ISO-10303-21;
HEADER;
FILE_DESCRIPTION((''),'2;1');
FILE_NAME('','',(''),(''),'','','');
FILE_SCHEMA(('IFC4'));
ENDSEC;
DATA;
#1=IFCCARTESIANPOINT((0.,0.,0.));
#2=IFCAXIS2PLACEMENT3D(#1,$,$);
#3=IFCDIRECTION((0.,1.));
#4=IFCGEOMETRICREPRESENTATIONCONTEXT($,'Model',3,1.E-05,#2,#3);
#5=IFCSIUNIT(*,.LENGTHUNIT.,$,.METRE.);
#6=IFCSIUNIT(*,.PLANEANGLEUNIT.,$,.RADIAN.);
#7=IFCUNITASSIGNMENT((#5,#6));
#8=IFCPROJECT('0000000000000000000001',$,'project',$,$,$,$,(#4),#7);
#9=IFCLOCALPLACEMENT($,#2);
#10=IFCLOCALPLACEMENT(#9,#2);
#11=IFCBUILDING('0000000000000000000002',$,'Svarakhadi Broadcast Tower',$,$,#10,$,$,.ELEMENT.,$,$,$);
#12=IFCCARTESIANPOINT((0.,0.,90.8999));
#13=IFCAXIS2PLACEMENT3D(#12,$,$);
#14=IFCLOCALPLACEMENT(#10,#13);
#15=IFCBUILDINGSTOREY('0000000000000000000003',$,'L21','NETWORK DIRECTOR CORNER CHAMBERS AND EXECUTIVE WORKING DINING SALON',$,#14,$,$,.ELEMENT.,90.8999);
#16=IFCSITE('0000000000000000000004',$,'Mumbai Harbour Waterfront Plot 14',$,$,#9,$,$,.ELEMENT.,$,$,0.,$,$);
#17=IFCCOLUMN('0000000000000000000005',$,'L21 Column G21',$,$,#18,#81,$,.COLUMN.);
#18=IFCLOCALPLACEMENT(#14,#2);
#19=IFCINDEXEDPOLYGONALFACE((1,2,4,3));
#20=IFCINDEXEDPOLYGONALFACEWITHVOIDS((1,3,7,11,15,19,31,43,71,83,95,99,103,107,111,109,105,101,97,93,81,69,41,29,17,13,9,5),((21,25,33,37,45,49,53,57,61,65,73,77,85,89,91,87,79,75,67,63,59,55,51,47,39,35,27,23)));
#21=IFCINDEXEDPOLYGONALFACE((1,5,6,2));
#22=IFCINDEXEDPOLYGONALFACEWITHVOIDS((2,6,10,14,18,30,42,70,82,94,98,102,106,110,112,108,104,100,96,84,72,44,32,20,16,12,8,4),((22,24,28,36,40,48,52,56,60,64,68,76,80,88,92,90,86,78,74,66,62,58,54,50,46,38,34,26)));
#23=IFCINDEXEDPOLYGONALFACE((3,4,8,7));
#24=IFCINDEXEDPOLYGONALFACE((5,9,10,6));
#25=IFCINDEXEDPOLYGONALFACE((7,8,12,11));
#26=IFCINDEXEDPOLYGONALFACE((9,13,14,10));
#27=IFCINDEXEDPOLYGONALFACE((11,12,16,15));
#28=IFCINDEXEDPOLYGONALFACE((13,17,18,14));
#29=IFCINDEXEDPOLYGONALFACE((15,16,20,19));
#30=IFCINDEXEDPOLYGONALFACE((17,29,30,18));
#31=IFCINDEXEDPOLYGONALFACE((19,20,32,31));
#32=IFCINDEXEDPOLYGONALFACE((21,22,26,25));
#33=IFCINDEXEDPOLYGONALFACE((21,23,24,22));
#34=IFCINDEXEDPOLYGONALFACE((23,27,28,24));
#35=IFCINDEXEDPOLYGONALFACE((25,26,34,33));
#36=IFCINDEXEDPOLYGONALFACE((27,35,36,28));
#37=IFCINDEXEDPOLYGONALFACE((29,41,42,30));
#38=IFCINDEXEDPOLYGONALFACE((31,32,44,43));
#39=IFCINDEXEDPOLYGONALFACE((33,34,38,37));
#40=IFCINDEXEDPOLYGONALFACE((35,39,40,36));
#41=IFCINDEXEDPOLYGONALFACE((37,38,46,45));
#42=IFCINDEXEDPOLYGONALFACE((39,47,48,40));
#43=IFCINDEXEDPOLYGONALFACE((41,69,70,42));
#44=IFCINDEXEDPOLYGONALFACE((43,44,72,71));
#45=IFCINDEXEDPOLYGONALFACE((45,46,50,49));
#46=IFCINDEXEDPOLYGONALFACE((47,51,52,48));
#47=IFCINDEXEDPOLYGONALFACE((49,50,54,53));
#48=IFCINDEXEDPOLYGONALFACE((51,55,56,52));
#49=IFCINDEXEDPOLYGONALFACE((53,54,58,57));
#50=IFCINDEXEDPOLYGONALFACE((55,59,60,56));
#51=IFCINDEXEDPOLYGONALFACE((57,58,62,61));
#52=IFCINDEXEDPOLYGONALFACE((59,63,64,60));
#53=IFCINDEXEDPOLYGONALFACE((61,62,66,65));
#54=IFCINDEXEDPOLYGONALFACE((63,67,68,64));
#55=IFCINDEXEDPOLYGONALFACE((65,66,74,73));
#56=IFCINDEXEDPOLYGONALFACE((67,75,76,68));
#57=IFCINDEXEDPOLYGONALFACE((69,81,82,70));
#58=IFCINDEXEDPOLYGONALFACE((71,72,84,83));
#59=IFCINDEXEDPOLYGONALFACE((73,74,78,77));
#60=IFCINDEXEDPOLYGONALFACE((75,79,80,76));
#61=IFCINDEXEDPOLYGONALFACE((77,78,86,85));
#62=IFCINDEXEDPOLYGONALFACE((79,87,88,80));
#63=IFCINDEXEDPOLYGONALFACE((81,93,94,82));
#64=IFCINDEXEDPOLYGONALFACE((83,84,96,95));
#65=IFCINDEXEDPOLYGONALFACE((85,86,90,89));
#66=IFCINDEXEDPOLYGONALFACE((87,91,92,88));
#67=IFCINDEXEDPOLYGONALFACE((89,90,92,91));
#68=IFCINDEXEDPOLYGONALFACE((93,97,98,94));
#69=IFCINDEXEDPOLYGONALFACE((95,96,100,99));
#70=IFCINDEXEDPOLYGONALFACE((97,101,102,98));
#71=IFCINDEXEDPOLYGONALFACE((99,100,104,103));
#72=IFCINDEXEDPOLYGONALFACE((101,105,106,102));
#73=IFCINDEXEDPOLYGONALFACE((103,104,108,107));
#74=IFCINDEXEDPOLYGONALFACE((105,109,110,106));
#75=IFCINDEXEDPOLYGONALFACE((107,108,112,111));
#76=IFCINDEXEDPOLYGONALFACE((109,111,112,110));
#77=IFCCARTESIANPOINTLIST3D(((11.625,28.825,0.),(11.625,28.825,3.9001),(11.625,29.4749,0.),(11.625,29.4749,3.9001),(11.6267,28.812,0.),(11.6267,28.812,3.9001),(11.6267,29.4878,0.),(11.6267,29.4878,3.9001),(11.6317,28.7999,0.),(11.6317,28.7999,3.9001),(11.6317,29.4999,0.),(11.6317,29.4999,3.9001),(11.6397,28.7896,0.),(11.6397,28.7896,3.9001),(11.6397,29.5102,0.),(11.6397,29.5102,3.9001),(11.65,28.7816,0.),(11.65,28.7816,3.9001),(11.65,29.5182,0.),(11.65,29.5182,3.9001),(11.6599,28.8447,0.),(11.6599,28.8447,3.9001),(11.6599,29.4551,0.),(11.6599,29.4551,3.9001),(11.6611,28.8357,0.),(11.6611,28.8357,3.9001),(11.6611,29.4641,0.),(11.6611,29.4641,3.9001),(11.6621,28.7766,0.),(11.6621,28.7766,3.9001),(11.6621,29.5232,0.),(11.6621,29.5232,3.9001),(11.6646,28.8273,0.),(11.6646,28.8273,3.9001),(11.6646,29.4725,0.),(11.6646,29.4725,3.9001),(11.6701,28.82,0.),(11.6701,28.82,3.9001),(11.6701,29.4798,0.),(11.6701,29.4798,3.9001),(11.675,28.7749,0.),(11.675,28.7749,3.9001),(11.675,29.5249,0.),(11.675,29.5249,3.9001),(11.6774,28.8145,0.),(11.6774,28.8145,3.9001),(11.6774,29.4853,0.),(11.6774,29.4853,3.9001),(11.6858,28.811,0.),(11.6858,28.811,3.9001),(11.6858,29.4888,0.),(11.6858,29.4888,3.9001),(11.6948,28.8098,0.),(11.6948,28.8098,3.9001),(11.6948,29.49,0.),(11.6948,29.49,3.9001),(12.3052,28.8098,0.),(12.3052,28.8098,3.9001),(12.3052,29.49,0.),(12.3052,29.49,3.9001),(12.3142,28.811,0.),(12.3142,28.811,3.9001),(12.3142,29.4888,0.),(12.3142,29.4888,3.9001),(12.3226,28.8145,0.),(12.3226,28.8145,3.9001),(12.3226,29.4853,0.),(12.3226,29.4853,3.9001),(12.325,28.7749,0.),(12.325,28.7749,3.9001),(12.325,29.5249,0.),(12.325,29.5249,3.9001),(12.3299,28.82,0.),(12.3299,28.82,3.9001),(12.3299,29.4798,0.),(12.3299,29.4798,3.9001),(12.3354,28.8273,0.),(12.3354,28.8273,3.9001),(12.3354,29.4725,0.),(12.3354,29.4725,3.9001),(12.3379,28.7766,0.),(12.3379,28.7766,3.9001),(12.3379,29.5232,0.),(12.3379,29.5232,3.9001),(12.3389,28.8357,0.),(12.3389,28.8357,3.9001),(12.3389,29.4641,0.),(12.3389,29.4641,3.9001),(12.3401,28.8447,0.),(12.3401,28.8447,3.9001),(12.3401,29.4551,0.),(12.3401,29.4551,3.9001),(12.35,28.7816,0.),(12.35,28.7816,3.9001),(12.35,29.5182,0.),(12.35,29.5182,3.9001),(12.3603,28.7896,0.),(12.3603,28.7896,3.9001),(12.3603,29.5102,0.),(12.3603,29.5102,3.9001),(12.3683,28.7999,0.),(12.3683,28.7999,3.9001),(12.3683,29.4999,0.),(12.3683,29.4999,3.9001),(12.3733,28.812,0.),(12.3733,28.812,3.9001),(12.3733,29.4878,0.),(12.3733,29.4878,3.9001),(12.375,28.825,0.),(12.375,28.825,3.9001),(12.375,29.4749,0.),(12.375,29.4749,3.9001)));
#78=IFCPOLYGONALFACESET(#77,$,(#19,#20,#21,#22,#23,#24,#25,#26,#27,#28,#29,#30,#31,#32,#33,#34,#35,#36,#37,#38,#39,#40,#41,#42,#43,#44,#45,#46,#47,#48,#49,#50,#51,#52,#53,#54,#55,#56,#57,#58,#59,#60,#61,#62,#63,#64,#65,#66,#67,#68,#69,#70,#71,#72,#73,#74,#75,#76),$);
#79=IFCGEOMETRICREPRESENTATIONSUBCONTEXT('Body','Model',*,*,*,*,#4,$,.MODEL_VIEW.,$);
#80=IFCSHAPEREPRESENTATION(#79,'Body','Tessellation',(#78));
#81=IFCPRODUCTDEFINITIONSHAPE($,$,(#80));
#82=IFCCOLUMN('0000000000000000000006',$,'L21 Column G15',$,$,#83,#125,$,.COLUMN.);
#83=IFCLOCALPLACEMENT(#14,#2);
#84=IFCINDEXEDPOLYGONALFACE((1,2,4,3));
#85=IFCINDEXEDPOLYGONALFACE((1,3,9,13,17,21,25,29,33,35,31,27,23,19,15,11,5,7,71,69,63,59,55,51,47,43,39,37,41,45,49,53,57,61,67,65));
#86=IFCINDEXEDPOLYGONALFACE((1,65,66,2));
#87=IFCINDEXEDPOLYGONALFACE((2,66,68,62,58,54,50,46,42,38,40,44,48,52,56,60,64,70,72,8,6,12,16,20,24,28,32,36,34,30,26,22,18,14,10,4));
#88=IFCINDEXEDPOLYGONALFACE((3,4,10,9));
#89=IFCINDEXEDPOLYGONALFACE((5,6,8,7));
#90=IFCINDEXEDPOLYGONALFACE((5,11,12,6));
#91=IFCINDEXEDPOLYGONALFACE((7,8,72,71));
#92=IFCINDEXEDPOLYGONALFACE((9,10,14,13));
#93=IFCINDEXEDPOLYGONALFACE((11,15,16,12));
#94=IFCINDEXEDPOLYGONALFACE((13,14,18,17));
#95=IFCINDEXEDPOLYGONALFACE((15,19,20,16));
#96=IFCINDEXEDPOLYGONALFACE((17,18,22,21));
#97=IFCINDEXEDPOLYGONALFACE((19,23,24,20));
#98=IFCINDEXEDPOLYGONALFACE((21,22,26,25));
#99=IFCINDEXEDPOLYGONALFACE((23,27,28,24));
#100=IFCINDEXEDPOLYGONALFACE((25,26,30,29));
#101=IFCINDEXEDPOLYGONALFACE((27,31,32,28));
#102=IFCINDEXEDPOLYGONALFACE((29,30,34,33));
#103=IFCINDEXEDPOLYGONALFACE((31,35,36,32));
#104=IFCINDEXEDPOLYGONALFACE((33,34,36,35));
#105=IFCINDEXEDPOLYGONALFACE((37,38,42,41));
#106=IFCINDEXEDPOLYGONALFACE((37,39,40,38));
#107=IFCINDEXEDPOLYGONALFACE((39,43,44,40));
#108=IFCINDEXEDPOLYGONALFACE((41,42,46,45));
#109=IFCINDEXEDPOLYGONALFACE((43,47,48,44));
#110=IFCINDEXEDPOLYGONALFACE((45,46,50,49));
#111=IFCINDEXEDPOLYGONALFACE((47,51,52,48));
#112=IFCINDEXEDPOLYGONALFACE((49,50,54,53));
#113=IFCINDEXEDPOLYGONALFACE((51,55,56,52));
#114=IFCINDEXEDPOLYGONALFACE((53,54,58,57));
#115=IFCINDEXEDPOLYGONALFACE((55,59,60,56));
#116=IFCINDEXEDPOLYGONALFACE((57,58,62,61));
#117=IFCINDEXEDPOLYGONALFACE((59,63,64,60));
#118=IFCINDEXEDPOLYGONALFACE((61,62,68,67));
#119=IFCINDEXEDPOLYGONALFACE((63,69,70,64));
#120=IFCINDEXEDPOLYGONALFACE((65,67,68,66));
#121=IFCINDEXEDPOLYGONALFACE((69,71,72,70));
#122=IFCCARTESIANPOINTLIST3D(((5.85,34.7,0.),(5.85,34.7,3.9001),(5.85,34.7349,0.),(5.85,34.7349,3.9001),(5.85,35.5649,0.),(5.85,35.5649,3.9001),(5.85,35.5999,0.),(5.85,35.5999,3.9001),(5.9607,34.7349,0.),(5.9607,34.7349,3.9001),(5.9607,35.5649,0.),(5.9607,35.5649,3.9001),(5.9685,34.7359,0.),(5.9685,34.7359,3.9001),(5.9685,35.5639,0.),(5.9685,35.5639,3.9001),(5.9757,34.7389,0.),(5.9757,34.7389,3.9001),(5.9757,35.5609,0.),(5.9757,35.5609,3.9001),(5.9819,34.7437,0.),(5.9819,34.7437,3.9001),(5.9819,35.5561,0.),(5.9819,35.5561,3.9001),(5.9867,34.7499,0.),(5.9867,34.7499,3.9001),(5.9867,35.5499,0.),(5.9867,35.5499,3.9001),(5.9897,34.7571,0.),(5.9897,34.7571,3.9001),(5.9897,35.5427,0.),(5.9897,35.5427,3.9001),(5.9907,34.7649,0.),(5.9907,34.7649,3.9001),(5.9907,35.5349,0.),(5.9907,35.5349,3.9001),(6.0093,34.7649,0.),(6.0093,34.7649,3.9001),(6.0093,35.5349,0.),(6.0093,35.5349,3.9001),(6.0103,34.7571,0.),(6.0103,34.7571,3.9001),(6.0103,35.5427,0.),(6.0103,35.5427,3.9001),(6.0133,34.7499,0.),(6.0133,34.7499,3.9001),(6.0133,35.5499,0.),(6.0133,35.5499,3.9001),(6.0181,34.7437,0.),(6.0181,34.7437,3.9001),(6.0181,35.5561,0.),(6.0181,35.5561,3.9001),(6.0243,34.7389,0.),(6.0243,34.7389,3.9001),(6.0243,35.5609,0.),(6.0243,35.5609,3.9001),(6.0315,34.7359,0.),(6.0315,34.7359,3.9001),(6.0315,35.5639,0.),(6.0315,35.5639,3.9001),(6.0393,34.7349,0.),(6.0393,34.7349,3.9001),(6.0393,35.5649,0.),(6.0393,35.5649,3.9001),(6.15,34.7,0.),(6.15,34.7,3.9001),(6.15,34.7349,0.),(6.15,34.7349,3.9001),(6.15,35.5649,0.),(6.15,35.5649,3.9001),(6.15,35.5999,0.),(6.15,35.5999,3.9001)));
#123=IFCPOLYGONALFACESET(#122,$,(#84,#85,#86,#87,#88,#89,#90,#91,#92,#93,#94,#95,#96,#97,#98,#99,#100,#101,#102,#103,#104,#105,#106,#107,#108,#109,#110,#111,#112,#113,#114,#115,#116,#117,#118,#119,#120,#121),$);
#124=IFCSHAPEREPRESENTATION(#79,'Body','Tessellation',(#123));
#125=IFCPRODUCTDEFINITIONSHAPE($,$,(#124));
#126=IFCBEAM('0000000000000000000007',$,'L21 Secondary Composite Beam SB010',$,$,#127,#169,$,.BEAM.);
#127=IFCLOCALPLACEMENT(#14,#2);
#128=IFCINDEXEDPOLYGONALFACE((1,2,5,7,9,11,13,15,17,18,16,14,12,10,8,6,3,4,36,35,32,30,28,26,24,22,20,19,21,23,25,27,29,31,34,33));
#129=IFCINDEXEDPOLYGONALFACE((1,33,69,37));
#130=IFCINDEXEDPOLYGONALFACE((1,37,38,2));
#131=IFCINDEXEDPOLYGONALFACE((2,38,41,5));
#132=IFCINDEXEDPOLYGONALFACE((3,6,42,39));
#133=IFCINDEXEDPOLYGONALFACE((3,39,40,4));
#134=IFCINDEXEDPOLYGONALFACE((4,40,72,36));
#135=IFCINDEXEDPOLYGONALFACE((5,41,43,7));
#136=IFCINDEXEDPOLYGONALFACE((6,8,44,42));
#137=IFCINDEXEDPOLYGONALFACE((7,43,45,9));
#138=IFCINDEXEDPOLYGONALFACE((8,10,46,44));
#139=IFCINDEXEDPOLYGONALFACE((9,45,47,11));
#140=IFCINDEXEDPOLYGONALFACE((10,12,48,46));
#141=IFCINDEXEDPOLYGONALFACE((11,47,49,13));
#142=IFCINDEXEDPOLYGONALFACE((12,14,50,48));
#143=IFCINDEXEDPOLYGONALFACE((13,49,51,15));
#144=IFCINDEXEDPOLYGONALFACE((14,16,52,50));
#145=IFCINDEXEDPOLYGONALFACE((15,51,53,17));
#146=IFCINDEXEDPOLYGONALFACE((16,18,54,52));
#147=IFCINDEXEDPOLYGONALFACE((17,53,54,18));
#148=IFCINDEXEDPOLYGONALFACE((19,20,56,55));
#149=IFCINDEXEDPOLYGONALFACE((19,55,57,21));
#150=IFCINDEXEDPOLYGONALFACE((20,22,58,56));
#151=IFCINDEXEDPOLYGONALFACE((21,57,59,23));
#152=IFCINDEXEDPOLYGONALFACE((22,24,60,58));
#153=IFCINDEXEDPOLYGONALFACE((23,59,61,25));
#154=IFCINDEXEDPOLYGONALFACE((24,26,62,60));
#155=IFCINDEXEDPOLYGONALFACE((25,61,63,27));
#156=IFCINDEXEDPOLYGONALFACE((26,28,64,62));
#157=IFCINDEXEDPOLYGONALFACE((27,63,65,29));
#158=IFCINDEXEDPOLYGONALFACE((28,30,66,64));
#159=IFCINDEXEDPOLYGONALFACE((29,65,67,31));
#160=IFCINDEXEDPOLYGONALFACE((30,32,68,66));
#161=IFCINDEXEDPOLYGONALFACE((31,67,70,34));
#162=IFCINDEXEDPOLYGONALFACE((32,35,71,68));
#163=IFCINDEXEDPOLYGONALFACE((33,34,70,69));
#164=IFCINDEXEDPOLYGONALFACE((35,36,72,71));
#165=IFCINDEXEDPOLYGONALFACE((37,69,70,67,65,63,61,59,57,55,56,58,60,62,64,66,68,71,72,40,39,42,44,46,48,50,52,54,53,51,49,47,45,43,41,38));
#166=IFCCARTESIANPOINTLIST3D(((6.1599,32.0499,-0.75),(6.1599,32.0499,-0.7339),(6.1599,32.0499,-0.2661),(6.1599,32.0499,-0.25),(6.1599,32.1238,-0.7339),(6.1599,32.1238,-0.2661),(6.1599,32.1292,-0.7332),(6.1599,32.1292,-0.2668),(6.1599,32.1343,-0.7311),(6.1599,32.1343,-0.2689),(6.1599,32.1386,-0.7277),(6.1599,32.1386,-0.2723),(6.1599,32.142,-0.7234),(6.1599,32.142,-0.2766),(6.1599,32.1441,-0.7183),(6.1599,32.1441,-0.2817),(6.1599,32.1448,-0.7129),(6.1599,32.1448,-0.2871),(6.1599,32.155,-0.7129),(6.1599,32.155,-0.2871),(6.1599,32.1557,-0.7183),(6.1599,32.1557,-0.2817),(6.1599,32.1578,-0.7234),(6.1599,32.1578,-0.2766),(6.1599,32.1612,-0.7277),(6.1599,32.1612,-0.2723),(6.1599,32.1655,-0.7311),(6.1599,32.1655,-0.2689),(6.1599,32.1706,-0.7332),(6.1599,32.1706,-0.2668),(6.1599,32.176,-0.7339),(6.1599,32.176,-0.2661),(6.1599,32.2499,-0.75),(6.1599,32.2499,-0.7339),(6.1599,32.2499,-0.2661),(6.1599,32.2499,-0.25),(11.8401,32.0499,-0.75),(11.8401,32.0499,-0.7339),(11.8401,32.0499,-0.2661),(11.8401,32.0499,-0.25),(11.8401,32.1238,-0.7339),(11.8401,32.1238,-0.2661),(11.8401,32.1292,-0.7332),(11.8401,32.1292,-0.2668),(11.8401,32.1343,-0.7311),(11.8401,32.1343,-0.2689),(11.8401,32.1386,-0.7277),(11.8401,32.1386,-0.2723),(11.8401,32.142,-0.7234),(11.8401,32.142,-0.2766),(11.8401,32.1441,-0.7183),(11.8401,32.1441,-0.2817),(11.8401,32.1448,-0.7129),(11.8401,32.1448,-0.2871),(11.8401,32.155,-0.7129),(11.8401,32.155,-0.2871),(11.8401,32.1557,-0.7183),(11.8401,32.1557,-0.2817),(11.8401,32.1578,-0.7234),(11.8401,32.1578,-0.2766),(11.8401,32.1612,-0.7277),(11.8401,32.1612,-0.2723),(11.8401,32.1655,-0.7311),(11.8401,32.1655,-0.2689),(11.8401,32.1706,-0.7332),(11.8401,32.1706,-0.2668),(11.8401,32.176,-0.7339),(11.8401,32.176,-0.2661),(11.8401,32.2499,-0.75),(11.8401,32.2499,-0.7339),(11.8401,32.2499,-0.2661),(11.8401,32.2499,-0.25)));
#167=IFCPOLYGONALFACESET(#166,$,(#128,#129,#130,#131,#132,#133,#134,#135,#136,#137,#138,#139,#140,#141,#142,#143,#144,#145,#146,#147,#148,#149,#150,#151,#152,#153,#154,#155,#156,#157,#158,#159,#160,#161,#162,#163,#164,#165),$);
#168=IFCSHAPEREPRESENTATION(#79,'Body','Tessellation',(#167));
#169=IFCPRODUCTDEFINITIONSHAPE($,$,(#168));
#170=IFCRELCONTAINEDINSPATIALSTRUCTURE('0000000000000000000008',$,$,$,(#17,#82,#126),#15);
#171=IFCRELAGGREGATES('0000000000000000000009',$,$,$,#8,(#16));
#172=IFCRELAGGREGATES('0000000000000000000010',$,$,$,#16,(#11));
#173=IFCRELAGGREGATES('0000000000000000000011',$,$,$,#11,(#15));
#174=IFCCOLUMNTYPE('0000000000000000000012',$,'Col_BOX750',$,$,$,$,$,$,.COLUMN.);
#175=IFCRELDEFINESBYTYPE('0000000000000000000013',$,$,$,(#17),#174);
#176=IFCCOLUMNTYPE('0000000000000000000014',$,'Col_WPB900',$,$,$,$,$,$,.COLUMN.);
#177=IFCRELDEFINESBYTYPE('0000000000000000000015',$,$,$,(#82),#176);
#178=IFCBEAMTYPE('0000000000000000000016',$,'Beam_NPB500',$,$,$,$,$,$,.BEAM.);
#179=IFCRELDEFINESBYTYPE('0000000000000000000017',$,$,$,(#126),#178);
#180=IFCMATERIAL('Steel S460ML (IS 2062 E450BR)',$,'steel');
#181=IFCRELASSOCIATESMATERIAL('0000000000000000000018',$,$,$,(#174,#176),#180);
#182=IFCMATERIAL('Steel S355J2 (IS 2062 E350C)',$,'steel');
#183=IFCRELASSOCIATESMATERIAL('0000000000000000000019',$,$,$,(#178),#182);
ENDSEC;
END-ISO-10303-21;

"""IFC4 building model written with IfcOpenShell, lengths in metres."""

from ifc_helpers import new_model, si_unit, direction, frame, origin, origin_2d, place, context, subcontext, project, spatial, hollow_rectangle, i_section, extrude, material, material_profile, profile_set, type_object, element, save


model = new_model("IFC4")

# Units and contexts
model_context = context("Model", 3, precision=1e-05, world=origin(), true_north=direction((0.0, 1.0)))
body_context = subcontext(model_context, "Body", "Model", "MODEL_VIEW")
ifc_project = project(units=[si_unit("LENGTHUNIT", "METRE"), si_unit("PLANEANGLEUNIT", "RADIAN")], contexts=[model_context])

# Site, building, storey
site_placement = place(None, origin())
site = spatial("IfcSite", under=ifc_project, at=site_placement, Name="Mumbai Harbour Waterfront Plot 14", CompositionType="ELEMENT", RefElevation=0.0)
building_placement = place(site_placement, origin())
building = spatial("IfcBuilding", under=site, at=building_placement, Name="Svarakhadi Broadcast Tower", CompositionType="ELEMENT")
storey_placement = place(building_placement, frame((0.0, 0.0, 90.8999)))
storey = spatial("IfcBuildingStorey", under=building, at=storey_placement, Name="L21", Description="NETWORK DIRECTOR CORNER CHAMBERS AND EXECUTIVE WORKING DINING SALON", CompositionType="ELEMENT", Elevation=90.8999)

# Columns
ifc_material_1 = material(Name="Steel S460ML (IS 2062 E450BR)", Category="steel")
ifc_material_profile_1 = material_profile(ifc_material_1, hollow_rectangle(XDim=0.75, YDim=0.75, WallThickness=0.0349, InnerFilletRadius=0.0349, OuterFilletRadius=0.05, at=origin_2d()), Name="BOX 750x750x35")
ifc_profile_set_1 = profile_set([ifc_material_profile_1], Name="Steel S460ML (IS 2062 E450BR)")
column_type_1 = type_object("IfcColumnType", Name="Col_BOX750", PredefinedType="COLUMN", material=ifc_profile_set_1)
column_1_placement = place(storey_placement, frame((12.0, 29.1499, 0.0), z_axis=(0.0, 0.0, 1.0), x_axis=(1.0, 0.0, 0.0)))
element("IfcColumn", 1, at=column_1_placement, inside=storey, type_object=column_type_1, Name="L21 Column G21", PredefinedType="COLUMN", context=body_context, shape_type="SweptSolid", body=[
    extrude(hollow_rectangle(XDim=0.75, YDim=0.75, WallThickness=0.0349, InnerFilletRadius=0.0349, OuterFilletRadius=0.05, at=origin_2d()), origin(), (0.0, 0.0, 1.0), 3.9001),
])
ifc_material_profile_2 = material_profile(ifc_material_1, i_section(OverallWidth=0.3, OverallDepth=0.8999, WebThickness=0.0186, FlangeThickness=0.0349, FilletRadius=0.03, at=origin_2d()), Name="WPB 900x300x291")
ifc_profile_set_2 = profile_set([ifc_material_profile_2], Name="Steel S460ML (IS 2062 E450BR)")
column_type_2 = type_object("IfcColumnType", Name="Col_WPB900", PredefinedType="COLUMN", material=ifc_profile_set_2)
column_2_placement = place(storey_placement, frame((6.0, 35.1499, 0.0), z_axis=(0.0, 0.0, 1.0), x_axis=(1.0, 0.0, 0.0)))
element("IfcColumn", 2, at=column_2_placement, inside=storey, type_object=column_type_2, Name="L21 Column G15", PredefinedType="COLUMN", context=body_context, shape_type="SweptSolid", body=[
    extrude(i_section(OverallWidth=0.3, OverallDepth=0.8999, WebThickness=0.0186, FlangeThickness=0.0349, FilletRadius=0.03, at=origin_2d()), origin(), (0.0, 0.0, 1.0), 3.9001),
])

# Beam
ifc_material_2 = material(Name="Steel S355J2 (IS 2062 E350C)", Category="steel")
ifc_material_profile_3 = material_profile(ifc_material_2, i_section(OverallWidth=0.2, OverallDepth=0.5, WebThickness=0.0103, FlangeThickness=0.0161, FilletRadius=0.021, at=origin_2d()), Name="NPB 500x200x91")
ifc_profile_set_3 = profile_set([ifc_material_profile_3], Name="Steel S355J2 (IS 2062 E350C)")
beam_type_1 = type_object("IfcBeamType", Name="Beam_NPB500", PredefinedType="BEAM", material=ifc_profile_set_3)
beam_placement = place(storey_placement, frame((6.1599, 32.1499, -0.5), z_axis=(1.0, 0.0, 0.0), x_axis=(0.0, 1.0, 0.0)))
element("IfcBeam", 3, at=beam_placement, inside=storey, type_object=beam_type_1, Name="L21 Secondary Composite Beam SB010", PredefinedType="BEAM", context=body_context, shape_type="SweptSolid", body=[
    extrude(i_section(OverallWidth=0.2, OverallDepth=0.5, WebThickness=0.0103, FlangeThickness=0.0161, FilletRadius=0.021, at=origin_2d()), origin(), (0.0, 0.0, 1.0), 5.6802),
])

save(model, "model.ifc")
